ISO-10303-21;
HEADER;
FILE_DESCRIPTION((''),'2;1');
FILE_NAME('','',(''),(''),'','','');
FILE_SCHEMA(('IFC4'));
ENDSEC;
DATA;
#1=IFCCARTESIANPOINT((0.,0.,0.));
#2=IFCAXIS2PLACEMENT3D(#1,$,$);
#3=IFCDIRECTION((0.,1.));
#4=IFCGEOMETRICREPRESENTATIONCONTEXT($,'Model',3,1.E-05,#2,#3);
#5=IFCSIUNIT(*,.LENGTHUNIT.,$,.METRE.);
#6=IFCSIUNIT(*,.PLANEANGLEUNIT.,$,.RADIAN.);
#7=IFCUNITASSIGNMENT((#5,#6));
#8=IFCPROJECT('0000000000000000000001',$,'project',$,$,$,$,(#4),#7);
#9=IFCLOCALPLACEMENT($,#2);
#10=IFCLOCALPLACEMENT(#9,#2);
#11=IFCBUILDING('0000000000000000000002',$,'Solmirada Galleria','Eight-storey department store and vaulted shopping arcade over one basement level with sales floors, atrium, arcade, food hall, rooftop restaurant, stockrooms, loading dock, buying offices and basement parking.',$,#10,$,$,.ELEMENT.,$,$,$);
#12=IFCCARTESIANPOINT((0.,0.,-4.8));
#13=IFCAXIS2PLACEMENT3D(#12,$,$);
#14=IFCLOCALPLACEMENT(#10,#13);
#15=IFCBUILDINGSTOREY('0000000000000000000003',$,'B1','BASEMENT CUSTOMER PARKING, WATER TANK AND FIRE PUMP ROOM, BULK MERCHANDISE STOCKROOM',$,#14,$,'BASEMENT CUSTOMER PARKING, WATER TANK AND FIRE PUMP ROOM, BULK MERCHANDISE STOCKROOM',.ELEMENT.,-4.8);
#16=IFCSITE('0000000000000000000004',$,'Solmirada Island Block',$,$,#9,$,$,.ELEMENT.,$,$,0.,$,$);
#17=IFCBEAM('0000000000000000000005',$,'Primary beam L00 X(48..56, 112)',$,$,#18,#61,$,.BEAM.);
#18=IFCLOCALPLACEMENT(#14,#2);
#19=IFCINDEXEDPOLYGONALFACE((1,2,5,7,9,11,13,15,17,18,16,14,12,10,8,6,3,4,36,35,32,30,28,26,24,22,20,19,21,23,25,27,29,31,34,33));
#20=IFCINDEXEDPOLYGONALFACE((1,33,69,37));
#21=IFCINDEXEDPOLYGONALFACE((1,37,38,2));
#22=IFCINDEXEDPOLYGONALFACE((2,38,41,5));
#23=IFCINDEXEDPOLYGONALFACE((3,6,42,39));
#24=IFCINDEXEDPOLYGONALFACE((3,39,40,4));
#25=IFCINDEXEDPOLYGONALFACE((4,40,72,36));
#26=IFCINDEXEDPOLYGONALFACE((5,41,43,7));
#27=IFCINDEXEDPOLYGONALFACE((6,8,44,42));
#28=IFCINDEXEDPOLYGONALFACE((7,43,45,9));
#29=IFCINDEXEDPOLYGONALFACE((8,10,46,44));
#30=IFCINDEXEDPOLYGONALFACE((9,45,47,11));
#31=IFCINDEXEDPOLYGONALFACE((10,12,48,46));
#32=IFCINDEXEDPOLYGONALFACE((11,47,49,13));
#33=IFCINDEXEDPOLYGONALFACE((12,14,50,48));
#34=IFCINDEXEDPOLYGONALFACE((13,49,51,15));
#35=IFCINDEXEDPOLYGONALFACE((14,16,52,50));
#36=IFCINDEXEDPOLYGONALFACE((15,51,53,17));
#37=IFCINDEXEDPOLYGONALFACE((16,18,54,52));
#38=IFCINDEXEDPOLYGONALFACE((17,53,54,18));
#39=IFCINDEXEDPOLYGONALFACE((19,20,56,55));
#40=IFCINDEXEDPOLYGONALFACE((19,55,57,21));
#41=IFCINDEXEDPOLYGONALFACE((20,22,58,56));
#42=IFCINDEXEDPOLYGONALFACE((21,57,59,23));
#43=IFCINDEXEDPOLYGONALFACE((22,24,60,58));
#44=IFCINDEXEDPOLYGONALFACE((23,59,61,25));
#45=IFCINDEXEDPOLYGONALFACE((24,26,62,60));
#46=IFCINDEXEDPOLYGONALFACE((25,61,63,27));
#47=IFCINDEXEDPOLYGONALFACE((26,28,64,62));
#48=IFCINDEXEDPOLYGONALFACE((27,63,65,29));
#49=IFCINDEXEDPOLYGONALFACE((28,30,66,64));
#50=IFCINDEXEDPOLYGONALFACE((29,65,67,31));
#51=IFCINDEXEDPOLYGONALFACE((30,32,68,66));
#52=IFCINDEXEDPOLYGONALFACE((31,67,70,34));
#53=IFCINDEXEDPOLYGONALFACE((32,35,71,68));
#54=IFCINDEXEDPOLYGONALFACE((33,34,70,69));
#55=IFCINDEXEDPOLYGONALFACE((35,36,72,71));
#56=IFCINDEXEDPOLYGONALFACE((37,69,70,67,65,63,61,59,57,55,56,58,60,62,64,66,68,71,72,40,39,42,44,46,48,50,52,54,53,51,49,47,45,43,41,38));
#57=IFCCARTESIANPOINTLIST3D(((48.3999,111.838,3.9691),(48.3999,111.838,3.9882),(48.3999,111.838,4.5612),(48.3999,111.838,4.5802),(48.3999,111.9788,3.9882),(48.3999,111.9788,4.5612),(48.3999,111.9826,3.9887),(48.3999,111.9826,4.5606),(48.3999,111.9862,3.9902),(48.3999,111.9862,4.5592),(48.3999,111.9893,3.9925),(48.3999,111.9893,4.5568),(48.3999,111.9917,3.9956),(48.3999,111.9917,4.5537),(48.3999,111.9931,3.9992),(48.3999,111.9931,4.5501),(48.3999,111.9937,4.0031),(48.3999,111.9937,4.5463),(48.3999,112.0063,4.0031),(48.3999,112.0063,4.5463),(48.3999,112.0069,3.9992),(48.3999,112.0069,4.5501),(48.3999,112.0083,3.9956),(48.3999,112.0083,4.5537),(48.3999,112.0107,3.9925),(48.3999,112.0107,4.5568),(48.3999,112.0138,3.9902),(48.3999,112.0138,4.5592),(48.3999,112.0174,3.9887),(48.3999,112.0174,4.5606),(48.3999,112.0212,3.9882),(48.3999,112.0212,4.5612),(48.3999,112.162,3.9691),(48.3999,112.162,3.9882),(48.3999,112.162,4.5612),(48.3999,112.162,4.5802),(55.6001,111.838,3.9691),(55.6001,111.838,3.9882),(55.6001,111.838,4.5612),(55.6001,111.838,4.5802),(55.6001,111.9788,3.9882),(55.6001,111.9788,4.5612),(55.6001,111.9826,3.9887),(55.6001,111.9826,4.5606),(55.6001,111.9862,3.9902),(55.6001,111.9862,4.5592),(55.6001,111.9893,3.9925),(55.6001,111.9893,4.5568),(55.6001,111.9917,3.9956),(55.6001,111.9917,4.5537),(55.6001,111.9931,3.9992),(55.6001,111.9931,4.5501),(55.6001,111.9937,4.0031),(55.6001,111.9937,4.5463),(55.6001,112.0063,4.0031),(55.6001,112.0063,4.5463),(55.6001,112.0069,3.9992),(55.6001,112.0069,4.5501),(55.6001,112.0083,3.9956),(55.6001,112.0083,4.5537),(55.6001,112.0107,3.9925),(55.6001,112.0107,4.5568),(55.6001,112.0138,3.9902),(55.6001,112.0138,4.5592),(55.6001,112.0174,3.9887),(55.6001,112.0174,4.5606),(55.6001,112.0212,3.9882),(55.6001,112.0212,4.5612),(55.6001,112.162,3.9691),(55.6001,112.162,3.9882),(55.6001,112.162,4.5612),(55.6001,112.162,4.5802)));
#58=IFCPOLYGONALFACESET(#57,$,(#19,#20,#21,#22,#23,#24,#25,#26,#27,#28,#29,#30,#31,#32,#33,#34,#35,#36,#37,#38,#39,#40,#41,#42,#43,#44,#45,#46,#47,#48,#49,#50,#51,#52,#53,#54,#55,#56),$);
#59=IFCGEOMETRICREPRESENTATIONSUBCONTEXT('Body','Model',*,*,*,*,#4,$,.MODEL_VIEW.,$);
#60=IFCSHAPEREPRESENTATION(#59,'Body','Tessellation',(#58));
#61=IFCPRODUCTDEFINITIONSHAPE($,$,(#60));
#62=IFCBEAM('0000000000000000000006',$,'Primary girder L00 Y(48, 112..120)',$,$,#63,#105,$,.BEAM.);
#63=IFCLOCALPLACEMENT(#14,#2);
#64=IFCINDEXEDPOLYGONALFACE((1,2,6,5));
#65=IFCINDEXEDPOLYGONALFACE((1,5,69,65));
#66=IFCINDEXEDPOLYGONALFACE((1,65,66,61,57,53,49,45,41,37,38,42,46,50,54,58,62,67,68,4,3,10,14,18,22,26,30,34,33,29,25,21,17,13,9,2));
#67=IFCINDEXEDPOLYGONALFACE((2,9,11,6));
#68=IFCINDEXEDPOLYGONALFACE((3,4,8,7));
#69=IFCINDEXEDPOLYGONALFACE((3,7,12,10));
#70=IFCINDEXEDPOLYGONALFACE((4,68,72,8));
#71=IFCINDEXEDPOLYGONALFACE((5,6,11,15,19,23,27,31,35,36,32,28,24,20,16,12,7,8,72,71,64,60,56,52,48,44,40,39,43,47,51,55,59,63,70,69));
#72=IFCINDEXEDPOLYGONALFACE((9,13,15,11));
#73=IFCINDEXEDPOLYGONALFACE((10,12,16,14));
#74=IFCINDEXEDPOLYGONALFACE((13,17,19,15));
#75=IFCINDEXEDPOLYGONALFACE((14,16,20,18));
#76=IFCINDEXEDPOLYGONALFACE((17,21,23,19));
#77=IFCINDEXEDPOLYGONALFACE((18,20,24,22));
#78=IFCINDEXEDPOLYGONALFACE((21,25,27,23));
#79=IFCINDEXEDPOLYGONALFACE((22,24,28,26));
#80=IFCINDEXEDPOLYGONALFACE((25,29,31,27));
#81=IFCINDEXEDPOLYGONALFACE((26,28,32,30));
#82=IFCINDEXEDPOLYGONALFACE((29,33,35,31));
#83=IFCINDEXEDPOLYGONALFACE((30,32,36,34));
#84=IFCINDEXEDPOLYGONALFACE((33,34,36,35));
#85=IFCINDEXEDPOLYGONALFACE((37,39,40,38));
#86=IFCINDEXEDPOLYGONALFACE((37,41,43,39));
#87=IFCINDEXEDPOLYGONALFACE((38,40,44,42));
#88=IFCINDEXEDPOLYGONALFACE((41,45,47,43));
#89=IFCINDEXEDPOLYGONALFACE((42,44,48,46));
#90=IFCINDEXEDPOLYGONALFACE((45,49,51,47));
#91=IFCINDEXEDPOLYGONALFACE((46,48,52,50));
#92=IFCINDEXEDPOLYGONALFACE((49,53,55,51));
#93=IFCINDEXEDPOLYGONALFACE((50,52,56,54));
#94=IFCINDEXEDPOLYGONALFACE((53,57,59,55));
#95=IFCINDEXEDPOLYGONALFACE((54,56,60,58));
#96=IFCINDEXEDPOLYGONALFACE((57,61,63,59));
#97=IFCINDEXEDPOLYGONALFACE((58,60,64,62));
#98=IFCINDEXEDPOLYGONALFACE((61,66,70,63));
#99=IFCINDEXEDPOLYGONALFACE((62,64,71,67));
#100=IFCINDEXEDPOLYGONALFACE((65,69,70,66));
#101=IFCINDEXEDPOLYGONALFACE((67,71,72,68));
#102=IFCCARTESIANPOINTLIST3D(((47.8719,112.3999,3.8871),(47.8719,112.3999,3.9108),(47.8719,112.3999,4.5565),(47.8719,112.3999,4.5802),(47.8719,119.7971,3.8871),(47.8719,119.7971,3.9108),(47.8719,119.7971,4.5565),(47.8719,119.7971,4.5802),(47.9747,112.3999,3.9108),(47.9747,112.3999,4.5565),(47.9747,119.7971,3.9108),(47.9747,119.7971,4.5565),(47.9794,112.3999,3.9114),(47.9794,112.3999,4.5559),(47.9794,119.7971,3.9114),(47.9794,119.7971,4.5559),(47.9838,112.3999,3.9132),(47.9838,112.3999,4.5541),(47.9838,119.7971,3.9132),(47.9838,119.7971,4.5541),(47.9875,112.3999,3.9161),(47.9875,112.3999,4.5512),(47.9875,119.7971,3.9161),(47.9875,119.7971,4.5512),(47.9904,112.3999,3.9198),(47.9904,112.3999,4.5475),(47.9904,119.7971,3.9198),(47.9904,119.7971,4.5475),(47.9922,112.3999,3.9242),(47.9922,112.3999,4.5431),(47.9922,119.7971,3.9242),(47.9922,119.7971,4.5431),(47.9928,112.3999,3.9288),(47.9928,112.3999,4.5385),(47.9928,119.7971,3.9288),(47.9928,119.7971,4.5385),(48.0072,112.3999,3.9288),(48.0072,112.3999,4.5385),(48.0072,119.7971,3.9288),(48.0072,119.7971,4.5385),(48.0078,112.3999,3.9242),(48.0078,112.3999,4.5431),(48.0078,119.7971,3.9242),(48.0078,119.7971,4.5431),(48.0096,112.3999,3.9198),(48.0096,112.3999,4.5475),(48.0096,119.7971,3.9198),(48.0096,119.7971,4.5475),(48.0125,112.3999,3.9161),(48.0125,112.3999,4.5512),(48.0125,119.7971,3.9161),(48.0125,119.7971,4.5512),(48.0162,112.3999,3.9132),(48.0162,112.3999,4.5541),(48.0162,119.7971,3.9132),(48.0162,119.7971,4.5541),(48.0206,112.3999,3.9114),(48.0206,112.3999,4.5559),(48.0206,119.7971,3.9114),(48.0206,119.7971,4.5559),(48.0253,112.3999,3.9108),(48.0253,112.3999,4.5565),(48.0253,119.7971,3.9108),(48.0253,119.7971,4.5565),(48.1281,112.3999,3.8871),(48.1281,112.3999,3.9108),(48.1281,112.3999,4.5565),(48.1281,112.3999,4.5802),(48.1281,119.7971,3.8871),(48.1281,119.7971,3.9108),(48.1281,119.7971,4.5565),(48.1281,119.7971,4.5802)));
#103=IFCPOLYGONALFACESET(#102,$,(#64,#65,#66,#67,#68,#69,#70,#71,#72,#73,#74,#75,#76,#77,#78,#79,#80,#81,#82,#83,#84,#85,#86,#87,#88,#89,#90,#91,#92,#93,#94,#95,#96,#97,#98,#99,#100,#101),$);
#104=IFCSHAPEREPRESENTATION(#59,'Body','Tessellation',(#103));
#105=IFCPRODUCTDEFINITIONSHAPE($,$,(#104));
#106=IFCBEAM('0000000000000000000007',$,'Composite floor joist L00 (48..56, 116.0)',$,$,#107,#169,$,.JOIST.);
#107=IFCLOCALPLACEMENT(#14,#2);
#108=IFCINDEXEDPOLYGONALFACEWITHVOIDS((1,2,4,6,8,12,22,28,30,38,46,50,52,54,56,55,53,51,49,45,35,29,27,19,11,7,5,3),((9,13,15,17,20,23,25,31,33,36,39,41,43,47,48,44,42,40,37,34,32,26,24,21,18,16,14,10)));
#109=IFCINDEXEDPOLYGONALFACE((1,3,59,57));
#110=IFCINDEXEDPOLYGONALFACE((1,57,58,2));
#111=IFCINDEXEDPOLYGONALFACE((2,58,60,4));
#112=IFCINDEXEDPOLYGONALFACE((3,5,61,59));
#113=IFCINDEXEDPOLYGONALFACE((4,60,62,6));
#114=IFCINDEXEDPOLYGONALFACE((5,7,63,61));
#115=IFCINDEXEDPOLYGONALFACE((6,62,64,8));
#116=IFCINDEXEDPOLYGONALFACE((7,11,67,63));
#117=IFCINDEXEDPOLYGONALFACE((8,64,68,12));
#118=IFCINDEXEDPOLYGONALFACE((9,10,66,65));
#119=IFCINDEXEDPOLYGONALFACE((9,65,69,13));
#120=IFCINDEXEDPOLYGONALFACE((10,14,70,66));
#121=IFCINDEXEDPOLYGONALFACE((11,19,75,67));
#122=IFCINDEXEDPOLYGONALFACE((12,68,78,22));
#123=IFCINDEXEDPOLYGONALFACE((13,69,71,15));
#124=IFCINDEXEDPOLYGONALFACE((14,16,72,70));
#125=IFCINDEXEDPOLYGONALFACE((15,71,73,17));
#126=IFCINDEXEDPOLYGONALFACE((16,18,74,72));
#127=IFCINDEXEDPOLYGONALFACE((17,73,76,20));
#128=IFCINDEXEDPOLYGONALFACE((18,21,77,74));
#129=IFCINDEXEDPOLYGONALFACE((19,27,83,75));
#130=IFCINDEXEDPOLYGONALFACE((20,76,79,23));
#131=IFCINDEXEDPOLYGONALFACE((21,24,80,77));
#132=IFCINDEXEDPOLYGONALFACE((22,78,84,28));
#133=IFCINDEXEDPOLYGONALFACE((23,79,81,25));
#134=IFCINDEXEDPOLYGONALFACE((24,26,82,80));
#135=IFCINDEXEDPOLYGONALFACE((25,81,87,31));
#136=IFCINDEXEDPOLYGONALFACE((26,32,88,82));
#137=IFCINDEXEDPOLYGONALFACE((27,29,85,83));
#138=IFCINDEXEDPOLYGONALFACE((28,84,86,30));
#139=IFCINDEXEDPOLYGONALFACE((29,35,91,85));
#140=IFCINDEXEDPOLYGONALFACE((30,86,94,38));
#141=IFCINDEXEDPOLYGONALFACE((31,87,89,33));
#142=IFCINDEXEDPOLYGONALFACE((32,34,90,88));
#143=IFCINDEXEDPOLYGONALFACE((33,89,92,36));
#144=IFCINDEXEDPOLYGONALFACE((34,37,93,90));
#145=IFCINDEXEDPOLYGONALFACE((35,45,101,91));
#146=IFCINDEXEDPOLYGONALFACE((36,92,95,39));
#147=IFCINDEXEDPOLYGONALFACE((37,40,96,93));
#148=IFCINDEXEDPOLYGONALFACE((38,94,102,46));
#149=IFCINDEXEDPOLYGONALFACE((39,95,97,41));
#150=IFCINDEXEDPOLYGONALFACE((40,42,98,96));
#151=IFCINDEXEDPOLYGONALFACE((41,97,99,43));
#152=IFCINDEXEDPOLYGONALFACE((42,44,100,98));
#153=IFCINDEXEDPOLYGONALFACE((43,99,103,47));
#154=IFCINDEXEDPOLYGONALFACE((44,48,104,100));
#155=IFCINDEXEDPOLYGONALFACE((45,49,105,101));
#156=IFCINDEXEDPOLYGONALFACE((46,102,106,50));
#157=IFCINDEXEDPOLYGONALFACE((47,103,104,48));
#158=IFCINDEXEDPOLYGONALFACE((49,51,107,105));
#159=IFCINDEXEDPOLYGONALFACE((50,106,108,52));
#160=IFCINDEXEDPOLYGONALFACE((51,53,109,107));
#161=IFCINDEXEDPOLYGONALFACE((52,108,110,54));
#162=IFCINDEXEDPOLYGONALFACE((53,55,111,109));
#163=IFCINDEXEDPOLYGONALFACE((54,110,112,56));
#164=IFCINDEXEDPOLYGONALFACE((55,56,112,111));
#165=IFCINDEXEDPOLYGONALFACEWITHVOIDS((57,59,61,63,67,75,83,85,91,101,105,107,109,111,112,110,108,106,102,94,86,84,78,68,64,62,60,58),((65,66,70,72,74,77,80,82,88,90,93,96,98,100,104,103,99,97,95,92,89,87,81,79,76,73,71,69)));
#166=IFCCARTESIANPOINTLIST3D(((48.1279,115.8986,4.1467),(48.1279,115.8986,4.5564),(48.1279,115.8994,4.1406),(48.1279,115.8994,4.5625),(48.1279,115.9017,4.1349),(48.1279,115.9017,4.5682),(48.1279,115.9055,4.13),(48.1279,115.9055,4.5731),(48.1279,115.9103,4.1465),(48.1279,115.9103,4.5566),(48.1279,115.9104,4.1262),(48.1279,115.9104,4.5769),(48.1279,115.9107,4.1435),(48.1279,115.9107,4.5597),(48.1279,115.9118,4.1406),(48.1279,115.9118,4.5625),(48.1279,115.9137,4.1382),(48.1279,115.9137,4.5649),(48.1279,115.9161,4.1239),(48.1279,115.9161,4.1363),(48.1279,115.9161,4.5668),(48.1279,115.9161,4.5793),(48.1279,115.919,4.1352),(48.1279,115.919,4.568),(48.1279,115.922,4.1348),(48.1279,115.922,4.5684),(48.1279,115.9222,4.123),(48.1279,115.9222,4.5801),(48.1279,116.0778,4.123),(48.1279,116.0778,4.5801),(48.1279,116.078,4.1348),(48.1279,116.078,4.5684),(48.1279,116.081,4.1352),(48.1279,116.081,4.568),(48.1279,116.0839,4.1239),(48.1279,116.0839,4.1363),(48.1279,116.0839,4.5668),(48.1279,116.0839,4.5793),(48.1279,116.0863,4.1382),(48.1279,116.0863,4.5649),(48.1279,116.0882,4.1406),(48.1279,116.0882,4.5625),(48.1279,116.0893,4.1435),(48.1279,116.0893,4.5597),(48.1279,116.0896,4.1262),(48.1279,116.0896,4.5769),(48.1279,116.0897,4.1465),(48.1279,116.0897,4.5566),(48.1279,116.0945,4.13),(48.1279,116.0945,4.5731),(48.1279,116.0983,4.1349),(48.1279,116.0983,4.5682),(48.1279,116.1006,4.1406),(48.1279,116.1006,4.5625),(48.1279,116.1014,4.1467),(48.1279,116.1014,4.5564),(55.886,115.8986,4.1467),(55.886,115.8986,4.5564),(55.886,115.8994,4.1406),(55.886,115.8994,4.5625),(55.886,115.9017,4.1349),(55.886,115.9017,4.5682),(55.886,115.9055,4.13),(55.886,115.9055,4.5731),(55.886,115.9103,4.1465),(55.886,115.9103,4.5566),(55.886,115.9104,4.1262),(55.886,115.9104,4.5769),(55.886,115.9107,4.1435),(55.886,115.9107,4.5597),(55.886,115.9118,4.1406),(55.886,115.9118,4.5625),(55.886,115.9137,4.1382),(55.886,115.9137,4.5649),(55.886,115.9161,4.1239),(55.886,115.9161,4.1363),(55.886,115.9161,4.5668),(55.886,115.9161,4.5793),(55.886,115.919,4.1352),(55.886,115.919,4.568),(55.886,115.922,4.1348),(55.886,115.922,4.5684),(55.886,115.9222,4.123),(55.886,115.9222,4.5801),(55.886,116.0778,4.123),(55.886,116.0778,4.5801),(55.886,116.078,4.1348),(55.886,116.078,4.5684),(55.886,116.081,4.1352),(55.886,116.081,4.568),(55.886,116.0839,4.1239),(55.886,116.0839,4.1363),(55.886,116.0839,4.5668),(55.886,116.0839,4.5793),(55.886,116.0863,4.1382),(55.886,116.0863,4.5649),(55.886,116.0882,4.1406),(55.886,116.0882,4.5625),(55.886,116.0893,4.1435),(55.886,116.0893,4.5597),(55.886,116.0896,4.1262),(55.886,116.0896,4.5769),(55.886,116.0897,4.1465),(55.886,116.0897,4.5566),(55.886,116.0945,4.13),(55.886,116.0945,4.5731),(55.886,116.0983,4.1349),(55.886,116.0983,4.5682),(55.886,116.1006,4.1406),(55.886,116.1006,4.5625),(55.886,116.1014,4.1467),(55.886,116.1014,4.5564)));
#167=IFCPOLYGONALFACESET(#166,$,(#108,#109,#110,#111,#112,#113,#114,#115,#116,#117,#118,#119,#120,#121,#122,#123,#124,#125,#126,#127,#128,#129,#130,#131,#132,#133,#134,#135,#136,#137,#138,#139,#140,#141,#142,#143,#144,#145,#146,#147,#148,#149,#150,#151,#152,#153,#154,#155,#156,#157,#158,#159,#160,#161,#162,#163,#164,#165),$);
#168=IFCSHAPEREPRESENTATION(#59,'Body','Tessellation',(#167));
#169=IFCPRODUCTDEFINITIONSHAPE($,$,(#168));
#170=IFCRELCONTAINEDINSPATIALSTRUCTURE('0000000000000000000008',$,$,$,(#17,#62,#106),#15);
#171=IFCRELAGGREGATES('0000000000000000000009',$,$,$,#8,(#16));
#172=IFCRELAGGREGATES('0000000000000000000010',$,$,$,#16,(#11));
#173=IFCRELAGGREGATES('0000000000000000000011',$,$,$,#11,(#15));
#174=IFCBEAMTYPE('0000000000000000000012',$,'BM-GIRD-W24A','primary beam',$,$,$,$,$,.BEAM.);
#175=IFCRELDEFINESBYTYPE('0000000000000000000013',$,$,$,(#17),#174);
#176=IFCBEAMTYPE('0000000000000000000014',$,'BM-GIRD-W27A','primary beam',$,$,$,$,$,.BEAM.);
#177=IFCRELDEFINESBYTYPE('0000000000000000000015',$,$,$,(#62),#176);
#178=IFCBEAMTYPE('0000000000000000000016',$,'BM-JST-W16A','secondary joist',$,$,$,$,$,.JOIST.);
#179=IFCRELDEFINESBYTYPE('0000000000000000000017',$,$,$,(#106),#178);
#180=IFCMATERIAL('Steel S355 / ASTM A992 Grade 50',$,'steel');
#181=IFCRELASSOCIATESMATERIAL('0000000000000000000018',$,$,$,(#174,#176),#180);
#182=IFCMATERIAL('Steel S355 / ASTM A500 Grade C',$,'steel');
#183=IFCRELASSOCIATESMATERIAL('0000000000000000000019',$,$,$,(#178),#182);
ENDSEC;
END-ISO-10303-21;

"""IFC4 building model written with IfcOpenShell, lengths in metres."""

from ifc_helpers import new_model, si_unit, direction, frame, origin, origin_2d, place, context, subcontext, project, spatial, hollow_rectangle, i_section, extrude, material, material_profile, profile_set, type_object, element, save


model = new_model("IFC4")

# Units and contexts
model_context = context("Model", 3, precision=1e-05, world=origin(), true_north=direction((0.0, 1.0)))
body_context = subcontext(model_context, "Body", "Model", "MODEL_VIEW")
ifc_project = project(units=[si_unit("LENGTHUNIT", "METRE"), si_unit("PLANEANGLEUNIT", "RADIAN")], contexts=[model_context])

# Site, building, storey
site_placement = place(None, origin())
site = spatial("IfcSite", under=ifc_project, at=site_placement, Name="Solmirada Island Block", CompositionType="ELEMENT", RefElevation=0.0)
building_placement = place(site_placement, origin())
building = spatial("IfcBuilding", under=site, at=building_placement, Name="Solmirada Galleria", Description="Eight-storey department store and vaulted shopping arcade over one basement level with sales floors, atrium, arcade, food hall, rooftop restaurant, stockrooms, loading dock, buying offices and basement parking.", CompositionType="ELEMENT")
storey_placement = place(building_placement, frame((0.0, 0.0, -4.8)))
storey = spatial("IfcBuildingStorey", under=building, at=storey_placement, Name="B1", Description="BASEMENT CUSTOMER PARKING, WATER TANK AND FIRE PUMP ROOM, BULK MERCHANDISE STOCKROOM", LongName="BASEMENT CUSTOMER PARKING, WATER TANK AND FIRE PUMP ROOM, BULK MERCHANDISE STOCKROOM", CompositionType="ELEMENT", Elevation=-4.8)

# Shared definitions
ifc_material_1 = material(Name="Steel S355 / ASTM A500 Grade C", Category="steel")

# Beams
ifc_material_2 = material(Name="Steel S355 / ASTM A992 Grade 50", Category="steel")
ifc_material_profile_1 = material_profile(ifc_material_2, i_section(OverallWidth=0.324, OverallDepth=0.6111, WebThickness=0.0127, FlangeThickness=0.019, FilletRadius=0.0149, at=origin_2d()), Name="W24X104")
ifc_profile_set_1 = profile_set([ifc_material_profile_1], Name="Steel S355 / ASTM A992 Grade 50")
beam_type_1 = type_object("IfcBeamType", Name="BM-GIRD-W24A", Description="primary beam", PredefinedType="BEAM", material=ifc_profile_set_1)
beam_1_placement = place(storey_placement, frame((48.3999, 112.0, 4.2747), z_axis=(1.0, 0.0, 0.0), x_axis=(0.0, 1.0, 0.0)))
element("IfcBeam", 1, at=beam_1_placement, inside=storey, type_object=beam_type_1, Name="Primary beam L00 X(48..56, 112)", PredefinedType="BEAM", context=body_context, shape_type="SweptSolid", body=[
    extrude(i_section(OverallWidth=0.324, OverallDepth=0.6111, WebThickness=0.0127, FlangeThickness=0.019, FilletRadius=0.0149, at=origin_2d()), origin(), (0.0, 0.0, 1.0), 7.2002),
])
ifc_material_profile_2 = material_profile(ifc_material_2, i_section(OverallWidth=0.2561, OverallDepth=0.6931, WebThickness=0.0144, FlangeThickness=0.0237, FilletRadius=0.0181, at=origin_2d()), Name="W27X114")
ifc_profile_set_2 = profile_set([ifc_material_profile_2], Name="Steel S355 / ASTM A992 Grade 50")
beam_type_2 = type_object("IfcBeamType", Name="BM-GIRD-W27A", Description="primary beam", PredefinedType="BEAM", material=ifc_profile_set_2)
beam_2_placement = place(storey_placement, frame((48.0, 112.3999, 4.2336), z_axis=(0.0, 1.0, 0.0), x_axis=(-1.0, 0.0, 0.0)))
element("IfcBeam", 2, at=beam_2_placement, inside=storey, type_object=beam_type_2, Name="Primary girder L00 Y(48, 112..120)", PredefinedType="BEAM", context=body_context, shape_type="SweptSolid", body=[
    extrude(i_section(OverallWidth=0.2561, OverallDepth=0.6931, WebThickness=0.0144, FlangeThickness=0.0237, FilletRadius=0.0181, at=origin_2d()), origin(), (0.0, 0.0, 1.0), 7.3972),
])
ifc_material_profile_3 = material_profile(ifc_material_1, hollow_rectangle(XDim=0.2029, YDim=0.457, WallThickness=0.0117, InnerFilletRadius=0.0117, OuterFilletRadius=0.0237, at=origin_2d()), Name="HSS18X8X1/2")
ifc_profile_set_3 = profile_set([ifc_material_profile_3], Name="Steel S355 / ASTM A500 Grade C")
beam_type_3 = type_object("IfcBeamType", Name="BM-JST-W16A", Description="secondary joist", PredefinedType="JOIST", material=ifc_profile_set_3)
beam_3_placement = place(storey_placement, frame((48.1279, 116.0, 4.3516), z_axis=(1.0, 0.0, 0.0), x_axis=(0.0, 1.0, 0.0)))
element("IfcBeam", 3, at=beam_3_placement, inside=storey, type_object=beam_type_3, Name="Composite floor joist L00 (48..56, 116.0)", PredefinedType="JOIST", context=body_context, shape_type="SweptSolid", body=[
    extrude(hollow_rectangle(XDim=0.2029, YDim=0.457, WallThickness=0.0117, InnerFilletRadius=0.0117, OuterFilletRadius=0.0237, at=origin_2d()), origin(), (0.0, 0.0, 1.0), 7.7581),
])

save(model, "model.ifc")
